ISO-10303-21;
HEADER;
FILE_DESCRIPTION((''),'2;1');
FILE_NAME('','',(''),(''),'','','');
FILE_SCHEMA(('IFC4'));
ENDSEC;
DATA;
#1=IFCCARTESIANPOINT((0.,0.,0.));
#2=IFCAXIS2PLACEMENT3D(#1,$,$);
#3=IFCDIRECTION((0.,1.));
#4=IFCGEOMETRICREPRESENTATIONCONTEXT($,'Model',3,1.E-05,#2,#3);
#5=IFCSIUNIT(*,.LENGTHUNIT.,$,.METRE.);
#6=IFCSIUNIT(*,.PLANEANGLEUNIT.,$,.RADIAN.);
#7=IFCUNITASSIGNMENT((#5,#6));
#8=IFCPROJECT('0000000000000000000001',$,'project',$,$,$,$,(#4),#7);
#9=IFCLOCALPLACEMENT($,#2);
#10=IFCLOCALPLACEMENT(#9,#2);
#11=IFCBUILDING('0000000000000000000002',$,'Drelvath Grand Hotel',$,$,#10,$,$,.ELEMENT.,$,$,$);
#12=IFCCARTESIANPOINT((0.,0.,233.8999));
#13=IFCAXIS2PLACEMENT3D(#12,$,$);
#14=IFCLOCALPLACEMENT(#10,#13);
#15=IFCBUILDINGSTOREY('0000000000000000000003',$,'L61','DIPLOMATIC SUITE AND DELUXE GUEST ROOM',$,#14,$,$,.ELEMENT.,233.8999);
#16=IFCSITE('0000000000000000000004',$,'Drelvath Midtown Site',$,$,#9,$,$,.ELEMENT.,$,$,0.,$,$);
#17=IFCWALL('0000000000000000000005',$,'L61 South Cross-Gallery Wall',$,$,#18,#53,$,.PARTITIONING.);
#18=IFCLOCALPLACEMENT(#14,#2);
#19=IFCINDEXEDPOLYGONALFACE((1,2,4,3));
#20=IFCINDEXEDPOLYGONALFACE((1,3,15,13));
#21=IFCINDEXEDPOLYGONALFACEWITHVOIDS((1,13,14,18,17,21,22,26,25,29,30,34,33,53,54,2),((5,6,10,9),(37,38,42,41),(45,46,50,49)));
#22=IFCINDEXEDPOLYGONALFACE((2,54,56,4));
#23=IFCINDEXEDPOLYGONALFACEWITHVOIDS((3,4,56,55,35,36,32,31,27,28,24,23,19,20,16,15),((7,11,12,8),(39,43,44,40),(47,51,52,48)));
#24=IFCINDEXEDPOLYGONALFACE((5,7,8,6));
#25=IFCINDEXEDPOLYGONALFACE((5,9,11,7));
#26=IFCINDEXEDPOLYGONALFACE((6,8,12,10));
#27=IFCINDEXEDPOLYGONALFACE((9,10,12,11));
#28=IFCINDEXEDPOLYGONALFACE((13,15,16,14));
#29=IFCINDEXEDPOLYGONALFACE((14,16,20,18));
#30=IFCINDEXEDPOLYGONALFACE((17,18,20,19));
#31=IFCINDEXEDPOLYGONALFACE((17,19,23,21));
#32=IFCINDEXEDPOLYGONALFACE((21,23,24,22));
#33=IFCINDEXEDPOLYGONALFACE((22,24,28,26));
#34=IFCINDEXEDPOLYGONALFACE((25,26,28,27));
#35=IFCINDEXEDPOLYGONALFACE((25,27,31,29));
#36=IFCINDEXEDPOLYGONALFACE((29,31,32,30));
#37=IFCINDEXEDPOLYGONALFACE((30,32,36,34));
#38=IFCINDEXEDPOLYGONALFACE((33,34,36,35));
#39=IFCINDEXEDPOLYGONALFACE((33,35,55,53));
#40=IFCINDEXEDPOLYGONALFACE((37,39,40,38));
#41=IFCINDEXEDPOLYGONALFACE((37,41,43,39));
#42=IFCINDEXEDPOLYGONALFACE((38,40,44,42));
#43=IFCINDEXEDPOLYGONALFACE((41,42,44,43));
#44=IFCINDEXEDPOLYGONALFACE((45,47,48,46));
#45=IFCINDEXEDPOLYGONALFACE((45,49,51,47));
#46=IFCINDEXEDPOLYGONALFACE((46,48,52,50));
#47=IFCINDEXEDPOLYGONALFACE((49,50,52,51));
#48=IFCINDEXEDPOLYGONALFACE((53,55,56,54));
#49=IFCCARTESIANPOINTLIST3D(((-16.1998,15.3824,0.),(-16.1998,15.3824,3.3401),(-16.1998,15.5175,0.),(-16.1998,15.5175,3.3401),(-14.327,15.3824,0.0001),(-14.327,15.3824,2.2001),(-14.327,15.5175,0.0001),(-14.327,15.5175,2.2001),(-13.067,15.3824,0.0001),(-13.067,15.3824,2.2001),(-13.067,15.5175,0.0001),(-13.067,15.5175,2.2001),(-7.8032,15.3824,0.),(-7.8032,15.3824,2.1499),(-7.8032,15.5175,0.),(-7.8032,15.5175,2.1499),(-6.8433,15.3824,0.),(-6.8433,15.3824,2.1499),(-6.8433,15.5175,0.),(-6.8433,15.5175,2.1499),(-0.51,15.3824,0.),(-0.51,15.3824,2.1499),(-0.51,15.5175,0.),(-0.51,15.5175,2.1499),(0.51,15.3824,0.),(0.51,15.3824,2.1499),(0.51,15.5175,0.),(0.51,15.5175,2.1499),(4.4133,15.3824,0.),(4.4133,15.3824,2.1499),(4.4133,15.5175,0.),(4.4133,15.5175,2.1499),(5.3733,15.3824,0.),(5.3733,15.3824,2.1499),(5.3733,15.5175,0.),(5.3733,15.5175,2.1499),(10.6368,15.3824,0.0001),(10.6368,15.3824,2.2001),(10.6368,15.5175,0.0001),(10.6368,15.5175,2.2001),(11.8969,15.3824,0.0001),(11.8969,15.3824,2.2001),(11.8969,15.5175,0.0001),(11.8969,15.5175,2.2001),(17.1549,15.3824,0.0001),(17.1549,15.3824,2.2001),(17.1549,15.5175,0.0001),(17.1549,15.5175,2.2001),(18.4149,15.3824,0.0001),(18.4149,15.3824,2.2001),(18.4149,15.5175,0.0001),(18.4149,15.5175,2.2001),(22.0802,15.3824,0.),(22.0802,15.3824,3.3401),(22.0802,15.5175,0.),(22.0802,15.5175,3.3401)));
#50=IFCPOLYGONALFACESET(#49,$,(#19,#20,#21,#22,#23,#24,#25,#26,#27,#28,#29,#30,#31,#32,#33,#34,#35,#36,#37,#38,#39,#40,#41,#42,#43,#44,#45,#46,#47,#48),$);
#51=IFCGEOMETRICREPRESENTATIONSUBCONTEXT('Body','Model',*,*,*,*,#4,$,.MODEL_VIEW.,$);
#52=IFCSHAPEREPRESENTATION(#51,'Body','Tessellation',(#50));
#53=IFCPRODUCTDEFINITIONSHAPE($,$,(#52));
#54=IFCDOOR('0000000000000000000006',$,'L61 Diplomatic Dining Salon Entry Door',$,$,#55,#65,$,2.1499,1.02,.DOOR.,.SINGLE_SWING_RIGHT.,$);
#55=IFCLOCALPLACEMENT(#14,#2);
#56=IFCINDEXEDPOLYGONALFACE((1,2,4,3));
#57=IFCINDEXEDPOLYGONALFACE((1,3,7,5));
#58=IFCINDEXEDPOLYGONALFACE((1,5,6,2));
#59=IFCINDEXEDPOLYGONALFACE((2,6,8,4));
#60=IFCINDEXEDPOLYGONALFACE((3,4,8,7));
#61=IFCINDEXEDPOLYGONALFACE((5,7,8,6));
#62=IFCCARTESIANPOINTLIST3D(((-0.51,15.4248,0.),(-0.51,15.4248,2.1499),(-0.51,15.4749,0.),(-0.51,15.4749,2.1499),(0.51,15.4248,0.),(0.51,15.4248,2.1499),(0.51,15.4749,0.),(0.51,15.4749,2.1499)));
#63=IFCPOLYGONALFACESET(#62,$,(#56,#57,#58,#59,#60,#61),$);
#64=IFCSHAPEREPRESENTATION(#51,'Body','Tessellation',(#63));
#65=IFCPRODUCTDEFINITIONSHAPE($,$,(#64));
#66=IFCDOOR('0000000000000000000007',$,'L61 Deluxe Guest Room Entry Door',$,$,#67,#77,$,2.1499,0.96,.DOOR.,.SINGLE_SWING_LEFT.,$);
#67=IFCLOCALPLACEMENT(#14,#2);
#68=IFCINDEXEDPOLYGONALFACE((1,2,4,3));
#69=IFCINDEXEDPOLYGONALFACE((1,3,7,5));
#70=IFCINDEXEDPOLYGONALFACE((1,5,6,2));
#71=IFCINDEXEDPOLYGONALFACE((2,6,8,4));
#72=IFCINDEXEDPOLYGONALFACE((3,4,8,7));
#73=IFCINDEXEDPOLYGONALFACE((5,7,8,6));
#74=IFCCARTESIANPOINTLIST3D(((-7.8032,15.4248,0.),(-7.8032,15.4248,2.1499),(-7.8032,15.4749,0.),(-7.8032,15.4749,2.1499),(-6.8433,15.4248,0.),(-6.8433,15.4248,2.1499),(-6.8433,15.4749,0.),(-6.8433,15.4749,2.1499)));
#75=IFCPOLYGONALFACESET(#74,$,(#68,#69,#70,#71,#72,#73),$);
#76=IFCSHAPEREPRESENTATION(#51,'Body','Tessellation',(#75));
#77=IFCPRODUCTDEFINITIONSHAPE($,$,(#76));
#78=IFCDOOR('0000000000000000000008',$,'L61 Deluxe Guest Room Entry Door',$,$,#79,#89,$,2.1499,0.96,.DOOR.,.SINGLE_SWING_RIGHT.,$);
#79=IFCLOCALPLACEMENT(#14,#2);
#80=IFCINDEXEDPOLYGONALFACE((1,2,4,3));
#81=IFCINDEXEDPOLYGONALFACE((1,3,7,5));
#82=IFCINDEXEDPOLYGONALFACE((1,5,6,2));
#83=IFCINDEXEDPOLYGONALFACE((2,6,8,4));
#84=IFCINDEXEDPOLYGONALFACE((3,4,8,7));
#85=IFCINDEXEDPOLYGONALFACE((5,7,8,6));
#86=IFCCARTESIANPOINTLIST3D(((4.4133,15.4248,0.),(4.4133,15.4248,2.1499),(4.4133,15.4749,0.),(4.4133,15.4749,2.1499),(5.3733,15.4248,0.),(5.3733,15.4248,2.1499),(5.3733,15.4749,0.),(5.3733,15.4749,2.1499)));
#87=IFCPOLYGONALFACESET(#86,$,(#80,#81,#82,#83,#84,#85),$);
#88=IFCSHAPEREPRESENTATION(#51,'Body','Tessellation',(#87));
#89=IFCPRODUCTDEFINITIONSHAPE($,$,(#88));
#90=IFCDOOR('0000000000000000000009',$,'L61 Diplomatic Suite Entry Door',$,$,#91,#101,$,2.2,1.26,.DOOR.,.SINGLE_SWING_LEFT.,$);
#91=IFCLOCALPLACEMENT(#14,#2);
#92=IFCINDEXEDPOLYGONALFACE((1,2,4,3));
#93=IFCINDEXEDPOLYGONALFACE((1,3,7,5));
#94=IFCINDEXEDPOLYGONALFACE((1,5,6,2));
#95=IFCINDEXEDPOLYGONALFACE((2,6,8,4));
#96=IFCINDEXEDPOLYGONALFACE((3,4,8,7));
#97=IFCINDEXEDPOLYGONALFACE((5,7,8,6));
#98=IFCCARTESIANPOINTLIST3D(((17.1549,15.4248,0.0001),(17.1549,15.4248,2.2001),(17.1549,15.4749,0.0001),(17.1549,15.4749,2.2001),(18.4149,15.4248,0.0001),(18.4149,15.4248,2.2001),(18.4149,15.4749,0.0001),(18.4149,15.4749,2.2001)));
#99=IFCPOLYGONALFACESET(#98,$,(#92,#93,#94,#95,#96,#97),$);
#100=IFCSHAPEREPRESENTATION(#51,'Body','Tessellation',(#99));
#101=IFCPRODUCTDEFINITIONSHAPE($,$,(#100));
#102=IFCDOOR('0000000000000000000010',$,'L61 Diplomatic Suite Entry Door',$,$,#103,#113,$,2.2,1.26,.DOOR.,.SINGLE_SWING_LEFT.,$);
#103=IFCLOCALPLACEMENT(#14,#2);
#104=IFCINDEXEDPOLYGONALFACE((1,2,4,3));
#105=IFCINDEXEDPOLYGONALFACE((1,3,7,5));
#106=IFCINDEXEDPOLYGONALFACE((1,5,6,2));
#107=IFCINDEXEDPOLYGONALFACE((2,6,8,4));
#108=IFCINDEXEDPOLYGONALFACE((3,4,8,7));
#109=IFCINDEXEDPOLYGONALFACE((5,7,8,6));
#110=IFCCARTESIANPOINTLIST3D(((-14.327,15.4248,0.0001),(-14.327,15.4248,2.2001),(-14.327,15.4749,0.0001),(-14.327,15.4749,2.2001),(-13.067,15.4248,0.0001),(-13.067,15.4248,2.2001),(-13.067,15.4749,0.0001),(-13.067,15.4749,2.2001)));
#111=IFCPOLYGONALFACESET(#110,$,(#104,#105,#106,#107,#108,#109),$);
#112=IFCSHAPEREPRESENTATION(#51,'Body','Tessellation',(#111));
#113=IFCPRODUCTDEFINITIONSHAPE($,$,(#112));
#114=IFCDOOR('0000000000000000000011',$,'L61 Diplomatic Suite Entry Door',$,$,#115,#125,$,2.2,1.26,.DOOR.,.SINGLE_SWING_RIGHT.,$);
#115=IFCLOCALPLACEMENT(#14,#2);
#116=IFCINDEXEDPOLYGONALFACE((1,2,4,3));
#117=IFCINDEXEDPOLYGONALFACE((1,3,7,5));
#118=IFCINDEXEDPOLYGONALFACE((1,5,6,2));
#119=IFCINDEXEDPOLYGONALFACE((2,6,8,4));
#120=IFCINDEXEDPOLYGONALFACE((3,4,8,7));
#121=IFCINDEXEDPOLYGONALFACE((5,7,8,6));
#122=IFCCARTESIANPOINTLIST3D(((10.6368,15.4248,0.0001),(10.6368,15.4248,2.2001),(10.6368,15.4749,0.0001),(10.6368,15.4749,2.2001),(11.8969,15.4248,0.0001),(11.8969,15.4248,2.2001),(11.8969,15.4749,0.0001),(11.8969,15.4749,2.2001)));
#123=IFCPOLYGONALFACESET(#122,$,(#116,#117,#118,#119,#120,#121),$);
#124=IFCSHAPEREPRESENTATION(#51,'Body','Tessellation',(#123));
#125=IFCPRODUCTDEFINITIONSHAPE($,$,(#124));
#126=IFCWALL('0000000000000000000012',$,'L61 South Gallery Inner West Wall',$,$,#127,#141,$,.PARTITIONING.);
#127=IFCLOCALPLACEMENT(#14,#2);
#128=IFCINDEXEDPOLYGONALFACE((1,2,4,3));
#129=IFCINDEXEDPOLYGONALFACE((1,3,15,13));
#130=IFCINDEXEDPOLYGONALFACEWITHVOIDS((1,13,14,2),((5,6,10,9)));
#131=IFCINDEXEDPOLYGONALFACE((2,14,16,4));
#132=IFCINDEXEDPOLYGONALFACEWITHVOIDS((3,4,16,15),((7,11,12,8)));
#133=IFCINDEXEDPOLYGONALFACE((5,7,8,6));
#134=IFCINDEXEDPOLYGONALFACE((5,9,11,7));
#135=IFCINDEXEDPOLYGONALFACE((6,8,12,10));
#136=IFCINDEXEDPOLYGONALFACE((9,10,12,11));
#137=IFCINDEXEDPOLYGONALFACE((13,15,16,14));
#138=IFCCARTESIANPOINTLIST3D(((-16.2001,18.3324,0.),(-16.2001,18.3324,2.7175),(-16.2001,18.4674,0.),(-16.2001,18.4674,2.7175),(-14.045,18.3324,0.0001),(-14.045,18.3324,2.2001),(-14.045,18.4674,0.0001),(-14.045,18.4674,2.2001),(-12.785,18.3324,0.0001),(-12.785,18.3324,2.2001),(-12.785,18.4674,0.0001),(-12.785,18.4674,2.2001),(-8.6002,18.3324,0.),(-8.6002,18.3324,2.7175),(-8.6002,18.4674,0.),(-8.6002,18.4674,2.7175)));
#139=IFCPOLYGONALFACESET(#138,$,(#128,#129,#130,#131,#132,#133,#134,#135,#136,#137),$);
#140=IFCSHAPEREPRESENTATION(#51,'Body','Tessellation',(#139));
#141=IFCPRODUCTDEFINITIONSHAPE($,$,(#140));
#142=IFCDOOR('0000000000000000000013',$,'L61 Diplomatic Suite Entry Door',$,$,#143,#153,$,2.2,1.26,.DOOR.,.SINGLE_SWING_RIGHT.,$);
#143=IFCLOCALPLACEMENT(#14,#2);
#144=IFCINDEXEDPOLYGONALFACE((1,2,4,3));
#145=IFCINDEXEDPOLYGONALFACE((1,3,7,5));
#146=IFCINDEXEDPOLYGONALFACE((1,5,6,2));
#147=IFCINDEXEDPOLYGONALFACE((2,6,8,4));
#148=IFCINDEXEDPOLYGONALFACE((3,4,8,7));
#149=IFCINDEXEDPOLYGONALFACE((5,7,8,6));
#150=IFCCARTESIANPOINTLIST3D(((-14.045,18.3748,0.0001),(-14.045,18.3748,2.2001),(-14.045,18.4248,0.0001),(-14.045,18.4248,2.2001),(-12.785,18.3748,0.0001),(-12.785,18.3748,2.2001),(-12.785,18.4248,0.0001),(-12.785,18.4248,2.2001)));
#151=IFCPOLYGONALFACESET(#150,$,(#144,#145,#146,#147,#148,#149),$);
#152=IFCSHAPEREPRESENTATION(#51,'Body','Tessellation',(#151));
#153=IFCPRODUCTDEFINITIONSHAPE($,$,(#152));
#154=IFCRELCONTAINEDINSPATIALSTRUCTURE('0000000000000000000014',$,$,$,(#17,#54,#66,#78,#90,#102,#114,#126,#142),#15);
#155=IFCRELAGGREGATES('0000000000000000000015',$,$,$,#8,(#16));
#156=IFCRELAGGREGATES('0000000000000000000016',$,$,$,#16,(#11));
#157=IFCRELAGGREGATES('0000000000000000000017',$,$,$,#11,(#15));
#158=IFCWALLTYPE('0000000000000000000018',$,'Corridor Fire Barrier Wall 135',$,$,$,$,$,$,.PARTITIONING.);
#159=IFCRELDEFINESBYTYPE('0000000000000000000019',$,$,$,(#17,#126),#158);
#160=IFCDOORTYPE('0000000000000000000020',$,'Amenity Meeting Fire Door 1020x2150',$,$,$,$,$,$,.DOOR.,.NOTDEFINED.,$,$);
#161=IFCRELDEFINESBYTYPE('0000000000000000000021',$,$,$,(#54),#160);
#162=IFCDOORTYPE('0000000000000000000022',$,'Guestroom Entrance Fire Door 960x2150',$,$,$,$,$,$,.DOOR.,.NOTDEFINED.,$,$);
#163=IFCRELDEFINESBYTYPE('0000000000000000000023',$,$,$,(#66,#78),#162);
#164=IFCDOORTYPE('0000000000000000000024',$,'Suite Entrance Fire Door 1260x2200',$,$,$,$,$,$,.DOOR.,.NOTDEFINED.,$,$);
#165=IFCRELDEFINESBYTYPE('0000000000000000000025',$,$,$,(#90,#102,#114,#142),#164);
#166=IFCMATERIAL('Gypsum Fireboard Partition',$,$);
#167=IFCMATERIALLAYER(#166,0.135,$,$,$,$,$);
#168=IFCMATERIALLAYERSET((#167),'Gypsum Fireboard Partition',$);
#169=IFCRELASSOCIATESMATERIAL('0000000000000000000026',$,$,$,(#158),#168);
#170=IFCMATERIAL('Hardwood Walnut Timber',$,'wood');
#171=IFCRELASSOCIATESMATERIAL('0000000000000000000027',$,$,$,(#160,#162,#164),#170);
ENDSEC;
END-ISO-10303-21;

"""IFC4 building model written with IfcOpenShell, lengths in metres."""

from ifc_helpers import new_model, si_unit, direction, frame, frame_2d, origin, place, context, subcontext, project, spatial, rectangle, extrude, material, layer, layer_set, type_object, element, fill, save


model = new_model("IFC4")

# Units and contexts
model_context = context("Model", 3, precision=1e-05, world=origin(), true_north=direction((0.0, 1.0)))
body_context = subcontext(model_context, "Body", "Model", "MODEL_VIEW")
ifc_project = project(units=[si_unit("LENGTHUNIT", "METRE"), si_unit("PLANEANGLEUNIT", "RADIAN")], contexts=[model_context])

# Site, building, storey
site_placement = place(None, origin())
site = spatial("IfcSite", under=ifc_project, at=site_placement, Name="Drelvath Midtown Site", CompositionType="ELEMENT", RefElevation=0.0)
building_placement = place(site_placement, origin())
building = spatial("IfcBuilding", under=site, at=building_placement, Name="Drelvath Grand Hotel", CompositionType="ELEMENT")
storey_placement = place(building_placement, frame((0.0, 0.0, 233.8999)))
storey = spatial("IfcBuildingStorey", under=building, at=storey_placement, Name="L61", Description="DIPLOMATIC SUITE AND DELUXE GUEST ROOM", CompositionType="ELEMENT", Elevation=233.8999)

# Wall, openings, doors
ifc_material_1 = material(Name="Gypsum Fireboard Partition")
ifc_layer_1 = layer(ifc_material_1, 0.135)
ifc_layer_set_1 = layer_set([ifc_layer_1], Name="Gypsum Fireboard Partition")
wall_type_1 = type_object("IfcWallType", Name="Corridor Fire Barrier Wall 135", PredefinedType="PARTITIONING", material=ifc_layer_set_1)
wall_1_placement = place(storey_placement, frame((-16.2, 15.45, 0.0), z_axis=(0.0, 0.0, 1.0), x_axis=(1.0, 0.0, 0.0)))
wall_1 = element("IfcWall", 1, at=wall_1_placement, inside=storey, type_object=wall_type_1, Name="L61 South Cross-Gallery Wall", PredefinedType="PARTITIONING", context=body_context, shape_type="SweptSolid", body=[
    extrude(rectangle(XDim=38.28, YDim=0.135, at=frame_2d((19.1401, 0.0))), origin(), (0.0, 0.0, 1.0), 3.3401),
])
opening_1_placement = place(wall_1_placement, frame((33.355, 0.0, 0.0)))
opening_1 = element("IfcOpeningElement", 2, at=opening_1_placement, cuts=wall_1, PredefinedType="OPENING", context=body_context, shape_type="SweptSolid", body=[
    extrude(rectangle(XDim=1.26, YDim=2.2, at=frame_2d((0.6299, 1.1001))), frame((0.0, 0.0774, 0.0), z_axis=(0.0, -1.0, 0.0), x_axis=(1.0, 0.0, 0.0)), (0.0, 0.0, 1.0), 0.155),
])
opening_2_placement = place(wall_1_placement, frame((1.873, 0.0, 0.0)))
opening_2 = element("IfcOpeningElement", 3, at=opening_2_placement, cuts=wall_1, PredefinedType="OPENING", context=body_context, shape_type="SweptSolid", body=[
    extrude(rectangle(XDim=1.26, YDim=2.2, at=frame_2d((0.6299, 1.1001))), frame((0.0, 0.0774, 0.0), z_axis=(0.0, -1.0, 0.0), x_axis=(1.0, 0.0, 0.0)), (0.0, 0.0, 1.0), 0.155),
])
opening_3_placement = place(wall_1_placement, frame((8.3967, 0.0, 0.0)))
opening_3 = element("IfcOpeningElement", 4, at=opening_3_placement, cuts=wall_1, PredefinedType="OPENING", context=body_context, shape_type="SweptSolid", body=[
    extrude(rectangle(XDim=0.96, YDim=2.1499, at=frame_2d((0.48, 1.075))), frame((0.0, 0.0774, 0.0), z_axis=(0.0, -1.0, 0.0), x_axis=(1.0, 0.0, 0.0)), (0.0, 0.0, 1.0), 0.155),
])
opening_4_placement = place(wall_1_placement, frame((15.6899, 0.0, 0.0)))
opening_4 = element("IfcOpeningElement", 5, at=opening_4_placement, cuts=wall_1, PredefinedType="OPENING", context=body_context, shape_type="SweptSolid", body=[
    extrude(rectangle(XDim=1.02, YDim=2.1499, at=frame_2d((0.51, 1.075))), frame((0.0, 0.0774, 0.0), z_axis=(0.0, -1.0, 0.0), x_axis=(1.0, 0.0, 0.0)), (0.0, 0.0, 1.0), 0.155),
])
opening_5_placement = place(wall_1_placement, frame((20.6133, 0.0, 0.0)))
opening_5 = element("IfcOpeningElement", 6, at=opening_5_placement, cuts=wall_1, PredefinedType="OPENING", context=body_context, shape_type="SweptSolid", body=[
    extrude(rectangle(XDim=0.96, YDim=2.1499, at=frame_2d((0.48, 1.075))), frame((0.0, 0.0774, 0.0), z_axis=(0.0, -1.0, 0.0), x_axis=(1.0, 0.0, 0.0)), (0.0, 0.0, 1.0), 0.155),
])
opening_6_placement = place(wall_1_placement, frame((26.8369, 0.0, 0.0)))
opening_6 = element("IfcOpeningElement", 7, at=opening_6_placement, cuts=wall_1, PredefinedType="OPENING", context=body_context, shape_type="SweptSolid", body=[
    extrude(rectangle(XDim=1.26, YDim=2.2, at=frame_2d((0.6299, 1.1001))), frame((0.0, 0.0774, 0.0), z_axis=(0.0, -1.0, 0.0), x_axis=(1.0, 0.0, 0.0)), (0.0, 0.0, 1.0), 0.155),
])
ifc_material_2 = material(Name="Hardwood Walnut Timber", Category="wood")
door_type_1 = type_object("IfcDoorType", Name="Amenity Meeting Fire Door 1020x2150", OperationType="NOTDEFINED", PredefinedType="DOOR", material=ifc_material_2)
door_1_placement = place(opening_4_placement, origin())
door_1 = element("IfcDoor", 8, at=door_1_placement, inside=storey, type_object=door_type_1, Name="L61 Diplomatic Dining Salon Entry Door", OperationType="SINGLE_SWING_RIGHT", OverallHeight=2.1499, OverallWidth=1.02, PredefinedType="DOOR", context=body_context, shape_type="SweptSolid", body=[
    extrude(rectangle(XDim=1.02, YDim=2.1499, at=frame_2d((0.51, 1.075))), frame((0.0, 0.0249, 0.0), z_axis=(0.0, -1.0, 0.0), x_axis=(1.0, 0.0, 0.0)), (0.0, 0.0, 1.0), 0.05),
])
fill(opening_4, door_1)
door_type_2 = type_object("IfcDoorType", Name="Guestroom Entrance Fire Door 960x2150", OperationType="NOTDEFINED", PredefinedType="DOOR", material=ifc_material_2)
door_2_placement = place(opening_3_placement, origin())
door_2 = element("IfcDoor", 9, at=door_2_placement, inside=storey, type_object=door_type_2, Name="L61 Deluxe Guest Room Entry Door", OperationType="SINGLE_SWING_LEFT", OverallHeight=2.1499, OverallWidth=0.96, PredefinedType="DOOR", context=body_context, shape_type="SweptSolid", body=[
    extrude(rectangle(XDim=0.96, YDim=2.1499, at=frame_2d((0.48, 1.075))), frame((0.0, 0.0249, 0.0), z_axis=(0.0, -1.0, 0.0), x_axis=(1.0, 0.0, 0.0)), (0.0, 0.0, 1.0), 0.05),
])
fill(opening_3, door_2)
door_3_placement = place(opening_5_placement, origin())
door_3 = element("IfcDoor", 10, at=door_3_placement, inside=storey, type_object=door_type_2, Name="L61 Deluxe Guest Room Entry Door", OperationType="SINGLE_SWING_RIGHT", OverallHeight=2.1499, OverallWidth=0.96, PredefinedType="DOOR", context=body_context, shape_type="SweptSolid", body=[
    extrude(rectangle(XDim=0.96, YDim=2.1499, at=frame_2d((0.48, 1.075))), frame((0.0, 0.0249, 0.0), z_axis=(0.0, -1.0, 0.0), x_axis=(1.0, 0.0, 0.0)), (0.0, 0.0, 1.0), 0.05),
])
fill(opening_5, door_3)
door_type_3 = type_object("IfcDoorType", Name="Suite Entrance Fire Door 1260x2200", OperationType="NOTDEFINED", PredefinedType="DOOR", material=ifc_material_2)
door_4_placement = place(opening_1_placement, origin())
door_4 = element("IfcDoor", 11, at=door_4_placement, inside=storey, type_object=door_type_3, Name="L61 Diplomatic Suite Entry Door", OperationType="SINGLE_SWING_LEFT", OverallHeight=2.2, OverallWidth=1.26, PredefinedType="DOOR", context=body_context, shape_type="SweptSolid", body=[
    extrude(rectangle(XDim=1.26, YDim=2.2, at=frame_2d((0.6299, 1.1001))), frame((0.0, 0.0249, 0.0), z_axis=(0.0, -1.0, 0.0), x_axis=(1.0, 0.0, 0.0)), (0.0, 0.0, 1.0), 0.05),
])
fill(opening_1, door_4)
door_5_placement = place(opening_2_placement, origin())
door_5 = element("IfcDoor", 12, at=door_5_placement, inside=storey, type_object=door_type_3, Name="L61 Diplomatic Suite Entry Door", OperationType="SINGLE_SWING_LEFT", OverallHeight=2.2, OverallWidth=1.26, PredefinedType="DOOR", context=body_context, shape_type="SweptSolid", body=[
    extrude(rectangle(XDim=1.26, YDim=2.2, at=frame_2d((0.6299, 1.1001))), frame((0.0, 0.0249, 0.0), z_axis=(0.0, -1.0, 0.0), x_axis=(1.0, 0.0, 0.0)), (0.0, 0.0, 1.0), 0.05),
])
fill(opening_2, door_5)
door_6_placement = place(opening_6_placement, origin())
door_6 = element("IfcDoor", 13, at=door_6_placement, inside=storey, type_object=door_type_3, Name="L61 Diplomatic Suite Entry Door", OperationType="SINGLE_SWING_RIGHT", OverallHeight=2.2, OverallWidth=1.26, PredefinedType="DOOR", context=body_context, shape_type="SweptSolid", body=[
    extrude(rectangle(XDim=1.26, YDim=2.2, at=frame_2d((0.6299, 1.1001))), frame((0.0, 0.0249, 0.0), z_axis=(0.0, -1.0, 0.0), x_axis=(1.0, 0.0, 0.0)), (0.0, 0.0, 1.0), 0.05),
])
fill(opening_6, door_6)

# Wall, opening, door
wall_2_placement = place(storey_placement, frame((-16.2, 18.3999, 0.0), z_axis=(0.0, 0.0, 1.0), x_axis=(1.0, 0.0, 0.0)))
wall_2 = element("IfcWall", 14, at=wall_2_placement, inside=storey, type_object=wall_type_1, Name="L61 South Gallery Inner West Wall", PredefinedType="PARTITIONING", context=body_context, shape_type="SweptSolid", body=[
    extrude(rectangle(XDim=7.5999, YDim=0.135, at=frame_2d((3.7998, 0.0))), origin(), (0.0, 0.0, 1.0), 2.7175),
])
opening_7_placement = place(wall_2_placement, frame((2.155, 0.0, 0.0)))
opening_7 = element("IfcOpeningElement", 15, at=opening_7_placement, cuts=wall_2, PredefinedType="OPENING", context=body_context, shape_type="SweptSolid", body=[
    extrude(rectangle(XDim=1.26, YDim=2.2, at=frame_2d((0.6299, 1.1001))), frame((0.0, 0.0774, 0.0), z_axis=(0.0, -1.0, 0.0), x_axis=(1.0, 0.0, 0.0)), (0.0, 0.0, 1.0), 0.155),
])
door_7_placement = place(opening_7_placement, origin())
door_7 = element("IfcDoor", 16, at=door_7_placement, inside=storey, type_object=door_type_3, Name="L61 Diplomatic Suite Entry Door", OperationType="SINGLE_SWING_RIGHT", OverallHeight=2.2, OverallWidth=1.26, PredefinedType="DOOR", context=body_context, shape_type="SweptSolid", body=[
    extrude(rectangle(XDim=1.26, YDim=2.2, at=frame_2d((0.6299, 1.1001))), frame((0.0, 0.0249, 0.0), z_axis=(0.0, -1.0, 0.0), x_axis=(1.0, 0.0, 0.0)), (0.0, 0.0, 1.0), 0.05),
])
fill(opening_7, door_7)

save(model, "model.ifc")
